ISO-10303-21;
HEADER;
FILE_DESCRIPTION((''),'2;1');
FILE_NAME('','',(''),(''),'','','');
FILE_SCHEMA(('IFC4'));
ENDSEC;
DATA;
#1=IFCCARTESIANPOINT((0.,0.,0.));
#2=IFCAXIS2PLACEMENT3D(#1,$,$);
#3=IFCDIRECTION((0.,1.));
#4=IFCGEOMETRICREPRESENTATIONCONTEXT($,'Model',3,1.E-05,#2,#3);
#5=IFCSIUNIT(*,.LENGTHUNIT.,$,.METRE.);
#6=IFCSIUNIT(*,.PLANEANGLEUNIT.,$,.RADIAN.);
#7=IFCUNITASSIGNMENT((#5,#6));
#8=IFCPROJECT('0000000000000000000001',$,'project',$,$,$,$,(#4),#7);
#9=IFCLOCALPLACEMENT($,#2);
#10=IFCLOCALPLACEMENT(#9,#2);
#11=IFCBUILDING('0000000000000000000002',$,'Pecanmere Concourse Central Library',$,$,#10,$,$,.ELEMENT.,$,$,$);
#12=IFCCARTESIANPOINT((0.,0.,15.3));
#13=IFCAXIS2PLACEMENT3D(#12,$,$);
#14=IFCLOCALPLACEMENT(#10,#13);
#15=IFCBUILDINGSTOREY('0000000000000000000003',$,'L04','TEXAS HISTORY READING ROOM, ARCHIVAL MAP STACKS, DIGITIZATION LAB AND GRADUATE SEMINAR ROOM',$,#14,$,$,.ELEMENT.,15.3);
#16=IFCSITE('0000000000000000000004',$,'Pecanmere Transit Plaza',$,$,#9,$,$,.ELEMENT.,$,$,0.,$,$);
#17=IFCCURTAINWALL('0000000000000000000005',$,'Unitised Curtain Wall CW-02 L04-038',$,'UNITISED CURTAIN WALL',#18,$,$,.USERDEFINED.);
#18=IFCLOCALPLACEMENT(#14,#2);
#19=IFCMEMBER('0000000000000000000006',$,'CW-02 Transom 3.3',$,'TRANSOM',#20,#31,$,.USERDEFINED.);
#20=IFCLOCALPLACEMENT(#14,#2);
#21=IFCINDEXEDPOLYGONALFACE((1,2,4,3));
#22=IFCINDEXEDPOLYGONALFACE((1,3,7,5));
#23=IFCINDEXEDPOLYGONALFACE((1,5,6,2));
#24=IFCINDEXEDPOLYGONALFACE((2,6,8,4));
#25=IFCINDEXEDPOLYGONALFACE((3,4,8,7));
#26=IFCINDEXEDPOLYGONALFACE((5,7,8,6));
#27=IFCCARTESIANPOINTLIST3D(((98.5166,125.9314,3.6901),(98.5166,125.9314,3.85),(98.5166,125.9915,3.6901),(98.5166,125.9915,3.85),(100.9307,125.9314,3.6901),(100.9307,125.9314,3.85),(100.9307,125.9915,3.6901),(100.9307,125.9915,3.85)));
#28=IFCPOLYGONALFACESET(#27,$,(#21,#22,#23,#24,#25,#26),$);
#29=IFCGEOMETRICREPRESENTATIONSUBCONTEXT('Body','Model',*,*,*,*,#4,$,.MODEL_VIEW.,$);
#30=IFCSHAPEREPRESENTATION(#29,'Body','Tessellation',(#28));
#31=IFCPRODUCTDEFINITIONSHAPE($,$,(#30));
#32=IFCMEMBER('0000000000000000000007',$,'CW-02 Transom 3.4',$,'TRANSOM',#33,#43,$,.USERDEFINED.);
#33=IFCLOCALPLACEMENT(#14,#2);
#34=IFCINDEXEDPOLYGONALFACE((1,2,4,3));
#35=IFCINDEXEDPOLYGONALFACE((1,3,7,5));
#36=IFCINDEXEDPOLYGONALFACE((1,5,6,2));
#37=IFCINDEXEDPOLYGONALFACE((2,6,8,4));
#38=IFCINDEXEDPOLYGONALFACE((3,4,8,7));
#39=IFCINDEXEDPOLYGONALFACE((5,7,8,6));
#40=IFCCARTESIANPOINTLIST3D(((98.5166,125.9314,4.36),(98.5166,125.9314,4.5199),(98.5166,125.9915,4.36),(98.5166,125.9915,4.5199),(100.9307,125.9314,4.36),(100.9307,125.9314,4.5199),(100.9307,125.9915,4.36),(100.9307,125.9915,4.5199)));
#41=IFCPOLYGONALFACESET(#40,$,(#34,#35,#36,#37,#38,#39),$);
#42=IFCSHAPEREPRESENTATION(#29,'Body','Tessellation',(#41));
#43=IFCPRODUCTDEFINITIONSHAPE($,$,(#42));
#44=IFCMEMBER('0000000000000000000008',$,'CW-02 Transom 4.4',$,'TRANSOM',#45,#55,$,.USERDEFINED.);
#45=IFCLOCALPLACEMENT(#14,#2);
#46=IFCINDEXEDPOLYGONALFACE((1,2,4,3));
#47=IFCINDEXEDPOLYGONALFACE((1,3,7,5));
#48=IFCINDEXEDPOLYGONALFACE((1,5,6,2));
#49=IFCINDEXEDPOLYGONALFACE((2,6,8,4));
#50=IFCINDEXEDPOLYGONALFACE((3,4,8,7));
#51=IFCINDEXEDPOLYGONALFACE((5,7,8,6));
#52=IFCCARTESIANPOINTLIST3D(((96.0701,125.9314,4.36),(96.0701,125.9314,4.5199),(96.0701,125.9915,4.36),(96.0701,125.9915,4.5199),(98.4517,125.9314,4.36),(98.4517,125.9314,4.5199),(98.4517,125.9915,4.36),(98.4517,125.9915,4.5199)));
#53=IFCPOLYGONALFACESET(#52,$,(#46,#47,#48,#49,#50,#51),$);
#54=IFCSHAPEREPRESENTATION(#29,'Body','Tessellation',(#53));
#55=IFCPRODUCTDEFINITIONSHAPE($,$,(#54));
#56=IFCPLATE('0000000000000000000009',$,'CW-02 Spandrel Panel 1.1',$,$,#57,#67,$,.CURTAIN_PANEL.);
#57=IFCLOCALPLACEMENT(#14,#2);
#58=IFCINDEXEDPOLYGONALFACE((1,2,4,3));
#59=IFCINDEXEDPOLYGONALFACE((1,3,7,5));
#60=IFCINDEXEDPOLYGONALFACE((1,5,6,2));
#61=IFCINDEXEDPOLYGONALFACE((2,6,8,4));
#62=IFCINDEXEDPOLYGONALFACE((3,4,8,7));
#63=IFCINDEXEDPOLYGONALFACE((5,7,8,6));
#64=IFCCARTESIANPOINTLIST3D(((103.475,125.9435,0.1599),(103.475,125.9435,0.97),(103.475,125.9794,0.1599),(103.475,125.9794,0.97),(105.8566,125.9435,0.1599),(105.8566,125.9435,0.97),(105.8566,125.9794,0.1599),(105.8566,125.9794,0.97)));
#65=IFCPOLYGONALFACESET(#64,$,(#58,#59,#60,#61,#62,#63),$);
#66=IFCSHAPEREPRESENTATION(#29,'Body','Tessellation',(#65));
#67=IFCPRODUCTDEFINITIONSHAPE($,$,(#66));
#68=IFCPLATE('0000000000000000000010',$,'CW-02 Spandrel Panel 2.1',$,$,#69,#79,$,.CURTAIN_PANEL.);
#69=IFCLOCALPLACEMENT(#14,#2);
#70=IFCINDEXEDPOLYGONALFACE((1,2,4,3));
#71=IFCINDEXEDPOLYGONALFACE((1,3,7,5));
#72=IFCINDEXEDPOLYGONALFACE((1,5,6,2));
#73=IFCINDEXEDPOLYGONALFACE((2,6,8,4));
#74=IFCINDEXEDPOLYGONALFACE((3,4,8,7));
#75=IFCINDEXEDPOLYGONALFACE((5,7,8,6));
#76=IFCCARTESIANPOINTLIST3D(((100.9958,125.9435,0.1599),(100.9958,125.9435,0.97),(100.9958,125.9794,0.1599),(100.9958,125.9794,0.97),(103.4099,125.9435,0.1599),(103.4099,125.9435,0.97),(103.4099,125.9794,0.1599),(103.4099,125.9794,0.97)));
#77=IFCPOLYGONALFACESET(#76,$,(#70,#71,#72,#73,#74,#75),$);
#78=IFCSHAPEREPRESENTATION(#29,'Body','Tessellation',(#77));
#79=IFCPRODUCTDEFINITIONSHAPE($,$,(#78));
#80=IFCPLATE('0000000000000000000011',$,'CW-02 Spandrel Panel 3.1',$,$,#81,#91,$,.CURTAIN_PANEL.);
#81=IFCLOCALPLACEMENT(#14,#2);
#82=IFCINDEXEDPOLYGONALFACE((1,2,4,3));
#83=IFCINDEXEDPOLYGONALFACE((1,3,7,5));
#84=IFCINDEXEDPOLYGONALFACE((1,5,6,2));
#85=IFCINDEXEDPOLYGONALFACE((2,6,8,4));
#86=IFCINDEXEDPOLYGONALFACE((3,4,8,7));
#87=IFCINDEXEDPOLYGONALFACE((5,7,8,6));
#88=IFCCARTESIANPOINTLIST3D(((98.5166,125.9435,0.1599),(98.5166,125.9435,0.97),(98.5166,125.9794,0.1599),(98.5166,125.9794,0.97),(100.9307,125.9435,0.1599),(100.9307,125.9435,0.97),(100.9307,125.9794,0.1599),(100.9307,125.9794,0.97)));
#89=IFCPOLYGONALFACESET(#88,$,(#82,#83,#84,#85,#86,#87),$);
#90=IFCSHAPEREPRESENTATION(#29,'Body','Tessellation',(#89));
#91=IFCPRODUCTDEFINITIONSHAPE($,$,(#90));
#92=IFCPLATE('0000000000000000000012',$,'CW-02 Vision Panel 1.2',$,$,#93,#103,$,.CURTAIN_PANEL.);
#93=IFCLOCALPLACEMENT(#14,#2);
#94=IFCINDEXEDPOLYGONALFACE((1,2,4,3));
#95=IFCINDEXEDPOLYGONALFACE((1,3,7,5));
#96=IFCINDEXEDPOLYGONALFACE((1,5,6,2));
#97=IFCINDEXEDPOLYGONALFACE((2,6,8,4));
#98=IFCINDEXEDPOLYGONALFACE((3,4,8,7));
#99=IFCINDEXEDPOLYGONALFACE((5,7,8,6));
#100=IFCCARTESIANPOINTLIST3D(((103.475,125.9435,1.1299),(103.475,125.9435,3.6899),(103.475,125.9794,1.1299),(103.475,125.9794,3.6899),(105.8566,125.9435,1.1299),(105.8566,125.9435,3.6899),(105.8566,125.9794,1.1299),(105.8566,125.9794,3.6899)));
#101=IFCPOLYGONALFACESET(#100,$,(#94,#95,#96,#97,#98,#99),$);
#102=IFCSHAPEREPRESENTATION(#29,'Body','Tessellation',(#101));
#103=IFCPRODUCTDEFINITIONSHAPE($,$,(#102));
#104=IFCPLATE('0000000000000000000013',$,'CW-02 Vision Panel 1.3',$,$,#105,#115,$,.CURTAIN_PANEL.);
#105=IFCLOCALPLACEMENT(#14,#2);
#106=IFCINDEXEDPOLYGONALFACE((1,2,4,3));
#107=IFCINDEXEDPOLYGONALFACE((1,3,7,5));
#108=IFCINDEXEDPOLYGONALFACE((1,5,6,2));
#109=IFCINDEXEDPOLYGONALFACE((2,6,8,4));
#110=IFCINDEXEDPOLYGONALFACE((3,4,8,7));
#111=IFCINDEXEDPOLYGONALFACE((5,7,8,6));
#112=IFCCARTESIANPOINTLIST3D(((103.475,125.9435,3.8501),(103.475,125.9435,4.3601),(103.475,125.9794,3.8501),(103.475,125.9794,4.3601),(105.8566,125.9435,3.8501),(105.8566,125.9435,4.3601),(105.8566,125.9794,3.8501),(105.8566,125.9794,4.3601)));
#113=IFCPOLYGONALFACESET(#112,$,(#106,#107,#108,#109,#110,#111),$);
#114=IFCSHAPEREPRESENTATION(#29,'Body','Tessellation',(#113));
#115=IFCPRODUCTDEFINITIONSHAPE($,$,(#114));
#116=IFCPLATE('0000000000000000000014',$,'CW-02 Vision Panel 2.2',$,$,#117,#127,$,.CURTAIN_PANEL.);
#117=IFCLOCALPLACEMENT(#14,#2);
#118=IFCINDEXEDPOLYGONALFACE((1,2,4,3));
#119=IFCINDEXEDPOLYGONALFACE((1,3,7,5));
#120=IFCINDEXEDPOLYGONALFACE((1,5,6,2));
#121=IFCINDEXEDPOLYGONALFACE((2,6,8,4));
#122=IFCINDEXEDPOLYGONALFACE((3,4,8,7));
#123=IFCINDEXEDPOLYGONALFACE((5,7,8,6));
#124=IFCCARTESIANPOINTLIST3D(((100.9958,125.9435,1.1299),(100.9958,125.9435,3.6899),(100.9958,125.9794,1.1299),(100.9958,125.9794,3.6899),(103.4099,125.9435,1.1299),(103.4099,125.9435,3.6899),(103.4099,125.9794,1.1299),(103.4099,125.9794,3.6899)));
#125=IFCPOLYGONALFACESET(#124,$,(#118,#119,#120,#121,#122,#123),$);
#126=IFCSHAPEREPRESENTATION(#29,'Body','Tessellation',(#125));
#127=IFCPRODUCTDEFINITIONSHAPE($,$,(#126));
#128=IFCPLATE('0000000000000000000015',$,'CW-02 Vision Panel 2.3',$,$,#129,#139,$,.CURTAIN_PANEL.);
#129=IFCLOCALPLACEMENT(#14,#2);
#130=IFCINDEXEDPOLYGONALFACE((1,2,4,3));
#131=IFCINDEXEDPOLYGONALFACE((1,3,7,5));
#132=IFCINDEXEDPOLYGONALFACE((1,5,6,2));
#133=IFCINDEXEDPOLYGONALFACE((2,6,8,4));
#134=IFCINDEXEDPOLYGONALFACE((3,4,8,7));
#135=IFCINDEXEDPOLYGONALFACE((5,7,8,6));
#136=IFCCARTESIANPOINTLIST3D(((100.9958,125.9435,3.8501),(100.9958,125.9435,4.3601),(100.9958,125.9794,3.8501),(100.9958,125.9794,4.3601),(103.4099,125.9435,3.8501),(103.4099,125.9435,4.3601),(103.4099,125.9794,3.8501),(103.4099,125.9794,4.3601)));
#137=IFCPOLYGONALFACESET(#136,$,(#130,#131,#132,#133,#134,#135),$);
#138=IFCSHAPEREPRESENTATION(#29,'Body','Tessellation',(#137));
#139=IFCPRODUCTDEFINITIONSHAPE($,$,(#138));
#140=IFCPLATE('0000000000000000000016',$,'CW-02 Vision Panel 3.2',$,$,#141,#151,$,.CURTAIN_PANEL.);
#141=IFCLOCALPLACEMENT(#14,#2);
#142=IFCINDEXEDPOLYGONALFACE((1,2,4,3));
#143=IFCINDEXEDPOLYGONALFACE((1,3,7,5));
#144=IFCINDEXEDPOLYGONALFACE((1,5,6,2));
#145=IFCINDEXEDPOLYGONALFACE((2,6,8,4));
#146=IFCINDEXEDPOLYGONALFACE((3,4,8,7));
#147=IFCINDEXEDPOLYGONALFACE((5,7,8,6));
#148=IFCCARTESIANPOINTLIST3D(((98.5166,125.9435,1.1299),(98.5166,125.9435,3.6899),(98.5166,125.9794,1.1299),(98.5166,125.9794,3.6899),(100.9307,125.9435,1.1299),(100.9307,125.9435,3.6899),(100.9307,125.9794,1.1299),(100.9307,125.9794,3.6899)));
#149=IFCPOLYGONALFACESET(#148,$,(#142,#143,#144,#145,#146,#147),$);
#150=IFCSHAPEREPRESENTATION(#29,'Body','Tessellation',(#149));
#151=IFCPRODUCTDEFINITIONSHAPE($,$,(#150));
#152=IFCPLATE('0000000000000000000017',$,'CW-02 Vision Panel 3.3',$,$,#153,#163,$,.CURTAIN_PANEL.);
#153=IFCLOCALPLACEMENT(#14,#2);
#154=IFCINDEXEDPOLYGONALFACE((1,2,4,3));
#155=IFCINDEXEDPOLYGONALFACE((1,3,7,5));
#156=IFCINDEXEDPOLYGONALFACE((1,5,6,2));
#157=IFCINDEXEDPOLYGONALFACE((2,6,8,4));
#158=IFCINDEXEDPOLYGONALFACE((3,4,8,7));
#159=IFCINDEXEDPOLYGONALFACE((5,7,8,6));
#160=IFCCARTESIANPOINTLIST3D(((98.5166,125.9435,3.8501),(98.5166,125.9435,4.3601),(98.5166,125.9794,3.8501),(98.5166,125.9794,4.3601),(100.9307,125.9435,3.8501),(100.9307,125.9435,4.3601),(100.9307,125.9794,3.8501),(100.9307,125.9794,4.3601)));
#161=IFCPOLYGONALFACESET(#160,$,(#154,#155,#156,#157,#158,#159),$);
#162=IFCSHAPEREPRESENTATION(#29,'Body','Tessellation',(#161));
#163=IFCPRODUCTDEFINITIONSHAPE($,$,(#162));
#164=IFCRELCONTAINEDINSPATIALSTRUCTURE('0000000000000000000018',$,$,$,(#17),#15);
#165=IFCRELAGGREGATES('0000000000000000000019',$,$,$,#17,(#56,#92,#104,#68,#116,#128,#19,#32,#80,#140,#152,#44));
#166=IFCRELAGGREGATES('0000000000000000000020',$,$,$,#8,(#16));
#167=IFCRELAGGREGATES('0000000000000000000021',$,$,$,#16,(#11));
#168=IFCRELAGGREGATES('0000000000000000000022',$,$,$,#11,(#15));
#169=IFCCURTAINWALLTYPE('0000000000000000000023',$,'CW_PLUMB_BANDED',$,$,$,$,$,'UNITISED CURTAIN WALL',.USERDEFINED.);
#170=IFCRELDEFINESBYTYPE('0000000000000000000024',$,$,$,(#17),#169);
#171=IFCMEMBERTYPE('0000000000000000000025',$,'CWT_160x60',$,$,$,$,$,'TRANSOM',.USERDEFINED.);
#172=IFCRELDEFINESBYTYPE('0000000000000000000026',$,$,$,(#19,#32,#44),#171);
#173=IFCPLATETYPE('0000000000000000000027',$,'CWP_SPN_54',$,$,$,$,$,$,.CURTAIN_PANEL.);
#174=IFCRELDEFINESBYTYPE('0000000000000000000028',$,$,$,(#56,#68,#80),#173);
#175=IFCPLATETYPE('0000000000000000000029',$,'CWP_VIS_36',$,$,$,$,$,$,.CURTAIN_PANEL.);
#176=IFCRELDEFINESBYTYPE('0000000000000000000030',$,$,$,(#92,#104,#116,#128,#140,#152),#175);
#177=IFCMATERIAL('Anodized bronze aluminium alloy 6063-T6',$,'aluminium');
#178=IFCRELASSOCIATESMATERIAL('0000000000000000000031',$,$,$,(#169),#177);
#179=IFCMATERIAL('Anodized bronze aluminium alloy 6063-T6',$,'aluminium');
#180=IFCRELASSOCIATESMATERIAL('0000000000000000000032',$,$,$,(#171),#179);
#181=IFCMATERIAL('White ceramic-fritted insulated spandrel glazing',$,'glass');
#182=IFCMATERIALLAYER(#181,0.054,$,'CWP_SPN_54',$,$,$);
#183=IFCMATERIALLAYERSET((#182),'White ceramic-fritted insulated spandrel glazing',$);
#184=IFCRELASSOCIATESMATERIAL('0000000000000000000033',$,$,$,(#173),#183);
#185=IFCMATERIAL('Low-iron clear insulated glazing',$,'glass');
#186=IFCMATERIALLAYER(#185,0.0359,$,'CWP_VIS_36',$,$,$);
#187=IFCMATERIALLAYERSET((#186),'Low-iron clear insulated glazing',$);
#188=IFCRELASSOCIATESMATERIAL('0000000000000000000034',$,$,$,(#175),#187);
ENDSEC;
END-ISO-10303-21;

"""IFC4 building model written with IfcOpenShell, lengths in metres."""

from ifc_helpers import new_model, si_unit, direction, frame, origin, origin_2d, place, context, subcontext, project, spatial, rectangle, extrude, material, layer, layer_set, material_profile, profile_set, type_object, element, aggregate, save


model = new_model("IFC4")

# Units and contexts
model_context = context("Model", 3, precision=1e-05, world=origin(), true_north=direction((0.0, 1.0)))
body_context = subcontext(model_context, "Body", "Model", "MODEL_VIEW")
ifc_project = project(units=[si_unit("LENGTHUNIT", "METRE"), si_unit("PLANEANGLEUNIT", "RADIAN")], contexts=[model_context])

# Site, building, storey
site_placement = place(None, origin())
site = spatial("IfcSite", under=ifc_project, at=site_placement, Name="Pecanmere Transit Plaza", CompositionType="ELEMENT", RefElevation=0.0)
building_placement = place(site_placement, origin())
building = spatial("IfcBuilding", under=site, at=building_placement, Name="Pecanmere Concourse Central Library", CompositionType="ELEMENT")
storey_placement = place(building_placement, frame((0.0, 0.0, 15.3)))
storey = spatial("IfcBuildingStorey", under=building, at=storey_placement, Name="L04", Description="TEXAS HISTORY READING ROOM, ARCHIVAL MAP STACKS, DIGITIZATION LAB AND GRADUATE SEMINAR ROOM", CompositionType="ELEMENT", Elevation=15.3)

# Curtain wall, members, plates
ifc_material_1 = material(Name="Anodized bronze aluminium alloy 6063-T6", Category="aluminium")
curtain_wall_type = type_object("IfcCurtainWallType", Name="CW_PLUMB_BANDED", ElementType="UNITISED CURTAIN WALL", PredefinedType="USERDEFINED", material=ifc_material_1)
curtain_wall_placement = place(storey_placement, origin())
curtain_wall = element("IfcCurtainWall", 1, at=curtain_wall_placement, inside=storey, type_object=curtain_wall_type, Name="Unitised Curtain Wall CW-02 L04-038", ObjectType="UNITISED CURTAIN WALL", PredefinedType="USERDEFINED")
ifc_material_2 = material(Name="Anodized bronze aluminium alloy 6063-T6", Category="aluminium")
ifc_material_profile_1 = material_profile(ifc_material_2, rectangle(XDim=0.0601, YDim=0.1599, at=origin_2d()), Name="AL 60x160")
ifc_profile_set_1 = profile_set([ifc_material_profile_1], Name="Anodized bronze aluminium alloy 6063-T6")
member_type_1 = type_object("IfcMemberType", Name="CWT_160x60", ElementType="TRANSOM", PredefinedType="USERDEFINED", material=ifc_profile_set_1)
member_1_placement = place(storey_placement, frame((100.9307, 125.9614, 3.77), z_axis=(-1.0, 0.0, 0.0), x_axis=(0.0, -1.0, 0.0)))
member_1 = element("IfcMember", 2, at=member_1_placement, type_object=member_type_1, Name="CW-02 Transom 3.3", ObjectType="TRANSOM", PredefinedType="USERDEFINED", context=body_context, shape_type="SweptSolid", body=[
    extrude(rectangle(XDim=0.0601, YDim=0.1599, at=origin_2d()), origin(), (0.0, 0.0, 1.0), 2.4141),
])
member_2_placement = place(storey_placement, frame((100.9307, 125.9614, 4.4399), z_axis=(-1.0, 0.0, 0.0), x_axis=(0.0, -1.0, 0.0)))
member_2 = element("IfcMember", 3, at=member_2_placement, type_object=member_type_1, Name="CW-02 Transom 3.4", ObjectType="TRANSOM", PredefinedType="USERDEFINED", context=body_context, shape_type="SweptSolid", body=[
    extrude(rectangle(XDim=0.0601, YDim=0.1599, at=origin_2d()), origin(), (0.0, 0.0, 1.0), 2.4141),
])
member_3_placement = place(storey_placement, frame((98.4517, 125.9614, 4.4399), z_axis=(-1.0, 0.0, 0.0), x_axis=(0.0, -1.0, 0.0)))
member_3 = element("IfcMember", 4, at=member_3_placement, type_object=member_type_1, Name="CW-02 Transom 4.4", ObjectType="TRANSOM", PredefinedType="USERDEFINED", context=body_context, shape_type="SweptSolid", body=[
    extrude(rectangle(XDim=0.0601, YDim=0.1599, at=origin_2d()), origin(), (0.0, 0.0, 1.0), 2.3816),
])
ifc_material_3 = material(Name="White ceramic-fritted insulated spandrel glazing", Category="glass")
ifc_layer_1 = layer(ifc_material_3, 0.054, Name="CWP_SPN_54")
ifc_layer_set_1 = layer_set([ifc_layer_1], Name="White ceramic-fritted insulated spandrel glazing")
plate_type_1 = type_object("IfcPlateType", Name="CWP_SPN_54", PredefinedType="CURTAIN_PANEL", material=ifc_layer_set_1)
plate_1_placement = place(storey_placement, frame((104.6658, 125.9614, 0.1599), z_axis=(0.0, 0.0, 1.0), x_axis=(-1.0, 0.0, 0.0)))
plate_1 = element("IfcPlate", 5, at=plate_1_placement, type_object=plate_type_1, Name="CW-02 Spandrel Panel 1.1", PredefinedType="CURTAIN_PANEL", context=body_context, shape_type="SweptSolid", body=[
    extrude(rectangle(XDim=2.3816, YDim=0.0359, at=origin_2d()), origin(), (0.0, 0.0, 1.0), 0.8101),
])
plate_2_placement = place(storey_placement, frame((102.2029, 125.9614, 0.1599), z_axis=(0.0, 0.0, 1.0), x_axis=(-1.0, 0.0, 0.0)))
plate_2 = element("IfcPlate", 6, at=plate_2_placement, type_object=plate_type_1, Name="CW-02 Spandrel Panel 2.1", PredefinedType="CURTAIN_PANEL", context=body_context, shape_type="SweptSolid", body=[
    extrude(rectangle(XDim=2.4141, YDim=0.0359, at=origin_2d()), origin(), (0.0, 0.0, 1.0), 0.8101),
])
plate_3_placement = place(storey_placement, frame((99.7236, 125.9614, 0.1599), z_axis=(0.0, 0.0, 1.0), x_axis=(-1.0, 0.0, 0.0)))
plate_3 = element("IfcPlate", 7, at=plate_3_placement, type_object=plate_type_1, Name="CW-02 Spandrel Panel 3.1", PredefinedType="CURTAIN_PANEL", context=body_context, shape_type="SweptSolid", body=[
    extrude(rectangle(XDim=2.4141, YDim=0.0359, at=origin_2d()), origin(), (0.0, 0.0, 1.0), 0.8101),
])
ifc_material_4 = material(Name="Low-iron clear insulated glazing", Category="glass")
ifc_layer_2 = layer(ifc_material_4, 0.0359, Name="CWP_VIS_36")
ifc_layer_set_2 = layer_set([ifc_layer_2], Name="Low-iron clear insulated glazing")
plate_type_2 = type_object("IfcPlateType", Name="CWP_VIS_36", PredefinedType="CURTAIN_PANEL", material=ifc_layer_set_2)
plate_4_placement = place(storey_placement, frame((104.6658, 125.9614, 1.1299), z_axis=(0.0, 0.0, 1.0), x_axis=(-1.0, 0.0, 0.0)))
plate_4 = element("IfcPlate", 8, at=plate_4_placement, type_object=plate_type_2, Name="CW-02 Vision Panel 1.2", PredefinedType="CURTAIN_PANEL", context=body_context, shape_type="SweptSolid", body=[
    extrude(rectangle(XDim=2.3816, YDim=0.0359, at=origin_2d()), origin(), (0.0, 0.0, 1.0), 2.5601),
])
plate_5_placement = place(storey_placement, frame((104.6658, 125.9614, 3.8501), z_axis=(0.0, 0.0, 1.0), x_axis=(-1.0, 0.0, 0.0)))
plate_5 = element("IfcPlate", 9, at=plate_5_placement, type_object=plate_type_2, Name="CW-02 Vision Panel 1.3", PredefinedType="CURTAIN_PANEL", context=body_context, shape_type="SweptSolid", body=[
    extrude(rectangle(XDim=2.3816, YDim=0.0359, at=origin_2d()), origin(), (0.0, 0.0, 1.0), 0.51),
])
plate_6_placement = place(storey_placement, frame((102.2029, 125.9614, 1.1299), z_axis=(0.0, 0.0, 1.0), x_axis=(-1.0, 0.0, 0.0)))
plate_6 = element("IfcPlate", 10, at=plate_6_placement, type_object=plate_type_2, Name="CW-02 Vision Panel 2.2", PredefinedType="CURTAIN_PANEL", context=body_context, shape_type="SweptSolid", body=[
    extrude(rectangle(XDim=2.4141, YDim=0.0359, at=origin_2d()), origin(), (0.0, 0.0, 1.0), 2.5601),
])
plate_7_placement = place(storey_placement, frame((102.2029, 125.9614, 3.8501), z_axis=(0.0, 0.0, 1.0), x_axis=(-1.0, 0.0, 0.0)))
plate_7 = element("IfcPlate", 11, at=plate_7_placement, type_object=plate_type_2, Name="CW-02 Vision Panel 2.3", PredefinedType="CURTAIN_PANEL", context=body_context, shape_type="SweptSolid", body=[
    extrude(rectangle(XDim=2.4141, YDim=0.0359, at=origin_2d()), origin(), (0.0, 0.0, 1.0), 0.51),
])
plate_8_placement = place(storey_placement, frame((99.7236, 125.9614, 1.1299), z_axis=(0.0, 0.0, 1.0), x_axis=(-1.0, 0.0, 0.0)))
plate_8 = element("IfcPlate", 12, at=plate_8_placement, type_object=plate_type_2, Name="CW-02 Vision Panel 3.2", PredefinedType="CURTAIN_PANEL", context=body_context, shape_type="SweptSolid", body=[
    extrude(rectangle(XDim=2.4141, YDim=0.0359, at=origin_2d()), origin(), (0.0, 0.0, 1.0), 2.5601),
])
plate_9_placement = place(storey_placement, frame((99.7236, 125.9614, 3.8501), z_axis=(0.0, 0.0, 1.0), x_axis=(-1.0, 0.0, 0.0)))
plate_9 = element("IfcPlate", 13, at=plate_9_placement, type_object=plate_type_2, Name="CW-02 Vision Panel 3.3", PredefinedType="CURTAIN_PANEL", context=body_context, shape_type="SweptSolid", body=[
    extrude(rectangle(XDim=2.4141, YDim=0.0359, at=origin_2d()), origin(), (0.0, 0.0, 1.0), 0.51),
])
aggregate(curtain_wall, [plate_1, plate_4, plate_5, plate_2, plate_6, plate_7, member_1, member_2, plate_3, plate_8, plate_9, member_3])

save(model, "model.ifc")
